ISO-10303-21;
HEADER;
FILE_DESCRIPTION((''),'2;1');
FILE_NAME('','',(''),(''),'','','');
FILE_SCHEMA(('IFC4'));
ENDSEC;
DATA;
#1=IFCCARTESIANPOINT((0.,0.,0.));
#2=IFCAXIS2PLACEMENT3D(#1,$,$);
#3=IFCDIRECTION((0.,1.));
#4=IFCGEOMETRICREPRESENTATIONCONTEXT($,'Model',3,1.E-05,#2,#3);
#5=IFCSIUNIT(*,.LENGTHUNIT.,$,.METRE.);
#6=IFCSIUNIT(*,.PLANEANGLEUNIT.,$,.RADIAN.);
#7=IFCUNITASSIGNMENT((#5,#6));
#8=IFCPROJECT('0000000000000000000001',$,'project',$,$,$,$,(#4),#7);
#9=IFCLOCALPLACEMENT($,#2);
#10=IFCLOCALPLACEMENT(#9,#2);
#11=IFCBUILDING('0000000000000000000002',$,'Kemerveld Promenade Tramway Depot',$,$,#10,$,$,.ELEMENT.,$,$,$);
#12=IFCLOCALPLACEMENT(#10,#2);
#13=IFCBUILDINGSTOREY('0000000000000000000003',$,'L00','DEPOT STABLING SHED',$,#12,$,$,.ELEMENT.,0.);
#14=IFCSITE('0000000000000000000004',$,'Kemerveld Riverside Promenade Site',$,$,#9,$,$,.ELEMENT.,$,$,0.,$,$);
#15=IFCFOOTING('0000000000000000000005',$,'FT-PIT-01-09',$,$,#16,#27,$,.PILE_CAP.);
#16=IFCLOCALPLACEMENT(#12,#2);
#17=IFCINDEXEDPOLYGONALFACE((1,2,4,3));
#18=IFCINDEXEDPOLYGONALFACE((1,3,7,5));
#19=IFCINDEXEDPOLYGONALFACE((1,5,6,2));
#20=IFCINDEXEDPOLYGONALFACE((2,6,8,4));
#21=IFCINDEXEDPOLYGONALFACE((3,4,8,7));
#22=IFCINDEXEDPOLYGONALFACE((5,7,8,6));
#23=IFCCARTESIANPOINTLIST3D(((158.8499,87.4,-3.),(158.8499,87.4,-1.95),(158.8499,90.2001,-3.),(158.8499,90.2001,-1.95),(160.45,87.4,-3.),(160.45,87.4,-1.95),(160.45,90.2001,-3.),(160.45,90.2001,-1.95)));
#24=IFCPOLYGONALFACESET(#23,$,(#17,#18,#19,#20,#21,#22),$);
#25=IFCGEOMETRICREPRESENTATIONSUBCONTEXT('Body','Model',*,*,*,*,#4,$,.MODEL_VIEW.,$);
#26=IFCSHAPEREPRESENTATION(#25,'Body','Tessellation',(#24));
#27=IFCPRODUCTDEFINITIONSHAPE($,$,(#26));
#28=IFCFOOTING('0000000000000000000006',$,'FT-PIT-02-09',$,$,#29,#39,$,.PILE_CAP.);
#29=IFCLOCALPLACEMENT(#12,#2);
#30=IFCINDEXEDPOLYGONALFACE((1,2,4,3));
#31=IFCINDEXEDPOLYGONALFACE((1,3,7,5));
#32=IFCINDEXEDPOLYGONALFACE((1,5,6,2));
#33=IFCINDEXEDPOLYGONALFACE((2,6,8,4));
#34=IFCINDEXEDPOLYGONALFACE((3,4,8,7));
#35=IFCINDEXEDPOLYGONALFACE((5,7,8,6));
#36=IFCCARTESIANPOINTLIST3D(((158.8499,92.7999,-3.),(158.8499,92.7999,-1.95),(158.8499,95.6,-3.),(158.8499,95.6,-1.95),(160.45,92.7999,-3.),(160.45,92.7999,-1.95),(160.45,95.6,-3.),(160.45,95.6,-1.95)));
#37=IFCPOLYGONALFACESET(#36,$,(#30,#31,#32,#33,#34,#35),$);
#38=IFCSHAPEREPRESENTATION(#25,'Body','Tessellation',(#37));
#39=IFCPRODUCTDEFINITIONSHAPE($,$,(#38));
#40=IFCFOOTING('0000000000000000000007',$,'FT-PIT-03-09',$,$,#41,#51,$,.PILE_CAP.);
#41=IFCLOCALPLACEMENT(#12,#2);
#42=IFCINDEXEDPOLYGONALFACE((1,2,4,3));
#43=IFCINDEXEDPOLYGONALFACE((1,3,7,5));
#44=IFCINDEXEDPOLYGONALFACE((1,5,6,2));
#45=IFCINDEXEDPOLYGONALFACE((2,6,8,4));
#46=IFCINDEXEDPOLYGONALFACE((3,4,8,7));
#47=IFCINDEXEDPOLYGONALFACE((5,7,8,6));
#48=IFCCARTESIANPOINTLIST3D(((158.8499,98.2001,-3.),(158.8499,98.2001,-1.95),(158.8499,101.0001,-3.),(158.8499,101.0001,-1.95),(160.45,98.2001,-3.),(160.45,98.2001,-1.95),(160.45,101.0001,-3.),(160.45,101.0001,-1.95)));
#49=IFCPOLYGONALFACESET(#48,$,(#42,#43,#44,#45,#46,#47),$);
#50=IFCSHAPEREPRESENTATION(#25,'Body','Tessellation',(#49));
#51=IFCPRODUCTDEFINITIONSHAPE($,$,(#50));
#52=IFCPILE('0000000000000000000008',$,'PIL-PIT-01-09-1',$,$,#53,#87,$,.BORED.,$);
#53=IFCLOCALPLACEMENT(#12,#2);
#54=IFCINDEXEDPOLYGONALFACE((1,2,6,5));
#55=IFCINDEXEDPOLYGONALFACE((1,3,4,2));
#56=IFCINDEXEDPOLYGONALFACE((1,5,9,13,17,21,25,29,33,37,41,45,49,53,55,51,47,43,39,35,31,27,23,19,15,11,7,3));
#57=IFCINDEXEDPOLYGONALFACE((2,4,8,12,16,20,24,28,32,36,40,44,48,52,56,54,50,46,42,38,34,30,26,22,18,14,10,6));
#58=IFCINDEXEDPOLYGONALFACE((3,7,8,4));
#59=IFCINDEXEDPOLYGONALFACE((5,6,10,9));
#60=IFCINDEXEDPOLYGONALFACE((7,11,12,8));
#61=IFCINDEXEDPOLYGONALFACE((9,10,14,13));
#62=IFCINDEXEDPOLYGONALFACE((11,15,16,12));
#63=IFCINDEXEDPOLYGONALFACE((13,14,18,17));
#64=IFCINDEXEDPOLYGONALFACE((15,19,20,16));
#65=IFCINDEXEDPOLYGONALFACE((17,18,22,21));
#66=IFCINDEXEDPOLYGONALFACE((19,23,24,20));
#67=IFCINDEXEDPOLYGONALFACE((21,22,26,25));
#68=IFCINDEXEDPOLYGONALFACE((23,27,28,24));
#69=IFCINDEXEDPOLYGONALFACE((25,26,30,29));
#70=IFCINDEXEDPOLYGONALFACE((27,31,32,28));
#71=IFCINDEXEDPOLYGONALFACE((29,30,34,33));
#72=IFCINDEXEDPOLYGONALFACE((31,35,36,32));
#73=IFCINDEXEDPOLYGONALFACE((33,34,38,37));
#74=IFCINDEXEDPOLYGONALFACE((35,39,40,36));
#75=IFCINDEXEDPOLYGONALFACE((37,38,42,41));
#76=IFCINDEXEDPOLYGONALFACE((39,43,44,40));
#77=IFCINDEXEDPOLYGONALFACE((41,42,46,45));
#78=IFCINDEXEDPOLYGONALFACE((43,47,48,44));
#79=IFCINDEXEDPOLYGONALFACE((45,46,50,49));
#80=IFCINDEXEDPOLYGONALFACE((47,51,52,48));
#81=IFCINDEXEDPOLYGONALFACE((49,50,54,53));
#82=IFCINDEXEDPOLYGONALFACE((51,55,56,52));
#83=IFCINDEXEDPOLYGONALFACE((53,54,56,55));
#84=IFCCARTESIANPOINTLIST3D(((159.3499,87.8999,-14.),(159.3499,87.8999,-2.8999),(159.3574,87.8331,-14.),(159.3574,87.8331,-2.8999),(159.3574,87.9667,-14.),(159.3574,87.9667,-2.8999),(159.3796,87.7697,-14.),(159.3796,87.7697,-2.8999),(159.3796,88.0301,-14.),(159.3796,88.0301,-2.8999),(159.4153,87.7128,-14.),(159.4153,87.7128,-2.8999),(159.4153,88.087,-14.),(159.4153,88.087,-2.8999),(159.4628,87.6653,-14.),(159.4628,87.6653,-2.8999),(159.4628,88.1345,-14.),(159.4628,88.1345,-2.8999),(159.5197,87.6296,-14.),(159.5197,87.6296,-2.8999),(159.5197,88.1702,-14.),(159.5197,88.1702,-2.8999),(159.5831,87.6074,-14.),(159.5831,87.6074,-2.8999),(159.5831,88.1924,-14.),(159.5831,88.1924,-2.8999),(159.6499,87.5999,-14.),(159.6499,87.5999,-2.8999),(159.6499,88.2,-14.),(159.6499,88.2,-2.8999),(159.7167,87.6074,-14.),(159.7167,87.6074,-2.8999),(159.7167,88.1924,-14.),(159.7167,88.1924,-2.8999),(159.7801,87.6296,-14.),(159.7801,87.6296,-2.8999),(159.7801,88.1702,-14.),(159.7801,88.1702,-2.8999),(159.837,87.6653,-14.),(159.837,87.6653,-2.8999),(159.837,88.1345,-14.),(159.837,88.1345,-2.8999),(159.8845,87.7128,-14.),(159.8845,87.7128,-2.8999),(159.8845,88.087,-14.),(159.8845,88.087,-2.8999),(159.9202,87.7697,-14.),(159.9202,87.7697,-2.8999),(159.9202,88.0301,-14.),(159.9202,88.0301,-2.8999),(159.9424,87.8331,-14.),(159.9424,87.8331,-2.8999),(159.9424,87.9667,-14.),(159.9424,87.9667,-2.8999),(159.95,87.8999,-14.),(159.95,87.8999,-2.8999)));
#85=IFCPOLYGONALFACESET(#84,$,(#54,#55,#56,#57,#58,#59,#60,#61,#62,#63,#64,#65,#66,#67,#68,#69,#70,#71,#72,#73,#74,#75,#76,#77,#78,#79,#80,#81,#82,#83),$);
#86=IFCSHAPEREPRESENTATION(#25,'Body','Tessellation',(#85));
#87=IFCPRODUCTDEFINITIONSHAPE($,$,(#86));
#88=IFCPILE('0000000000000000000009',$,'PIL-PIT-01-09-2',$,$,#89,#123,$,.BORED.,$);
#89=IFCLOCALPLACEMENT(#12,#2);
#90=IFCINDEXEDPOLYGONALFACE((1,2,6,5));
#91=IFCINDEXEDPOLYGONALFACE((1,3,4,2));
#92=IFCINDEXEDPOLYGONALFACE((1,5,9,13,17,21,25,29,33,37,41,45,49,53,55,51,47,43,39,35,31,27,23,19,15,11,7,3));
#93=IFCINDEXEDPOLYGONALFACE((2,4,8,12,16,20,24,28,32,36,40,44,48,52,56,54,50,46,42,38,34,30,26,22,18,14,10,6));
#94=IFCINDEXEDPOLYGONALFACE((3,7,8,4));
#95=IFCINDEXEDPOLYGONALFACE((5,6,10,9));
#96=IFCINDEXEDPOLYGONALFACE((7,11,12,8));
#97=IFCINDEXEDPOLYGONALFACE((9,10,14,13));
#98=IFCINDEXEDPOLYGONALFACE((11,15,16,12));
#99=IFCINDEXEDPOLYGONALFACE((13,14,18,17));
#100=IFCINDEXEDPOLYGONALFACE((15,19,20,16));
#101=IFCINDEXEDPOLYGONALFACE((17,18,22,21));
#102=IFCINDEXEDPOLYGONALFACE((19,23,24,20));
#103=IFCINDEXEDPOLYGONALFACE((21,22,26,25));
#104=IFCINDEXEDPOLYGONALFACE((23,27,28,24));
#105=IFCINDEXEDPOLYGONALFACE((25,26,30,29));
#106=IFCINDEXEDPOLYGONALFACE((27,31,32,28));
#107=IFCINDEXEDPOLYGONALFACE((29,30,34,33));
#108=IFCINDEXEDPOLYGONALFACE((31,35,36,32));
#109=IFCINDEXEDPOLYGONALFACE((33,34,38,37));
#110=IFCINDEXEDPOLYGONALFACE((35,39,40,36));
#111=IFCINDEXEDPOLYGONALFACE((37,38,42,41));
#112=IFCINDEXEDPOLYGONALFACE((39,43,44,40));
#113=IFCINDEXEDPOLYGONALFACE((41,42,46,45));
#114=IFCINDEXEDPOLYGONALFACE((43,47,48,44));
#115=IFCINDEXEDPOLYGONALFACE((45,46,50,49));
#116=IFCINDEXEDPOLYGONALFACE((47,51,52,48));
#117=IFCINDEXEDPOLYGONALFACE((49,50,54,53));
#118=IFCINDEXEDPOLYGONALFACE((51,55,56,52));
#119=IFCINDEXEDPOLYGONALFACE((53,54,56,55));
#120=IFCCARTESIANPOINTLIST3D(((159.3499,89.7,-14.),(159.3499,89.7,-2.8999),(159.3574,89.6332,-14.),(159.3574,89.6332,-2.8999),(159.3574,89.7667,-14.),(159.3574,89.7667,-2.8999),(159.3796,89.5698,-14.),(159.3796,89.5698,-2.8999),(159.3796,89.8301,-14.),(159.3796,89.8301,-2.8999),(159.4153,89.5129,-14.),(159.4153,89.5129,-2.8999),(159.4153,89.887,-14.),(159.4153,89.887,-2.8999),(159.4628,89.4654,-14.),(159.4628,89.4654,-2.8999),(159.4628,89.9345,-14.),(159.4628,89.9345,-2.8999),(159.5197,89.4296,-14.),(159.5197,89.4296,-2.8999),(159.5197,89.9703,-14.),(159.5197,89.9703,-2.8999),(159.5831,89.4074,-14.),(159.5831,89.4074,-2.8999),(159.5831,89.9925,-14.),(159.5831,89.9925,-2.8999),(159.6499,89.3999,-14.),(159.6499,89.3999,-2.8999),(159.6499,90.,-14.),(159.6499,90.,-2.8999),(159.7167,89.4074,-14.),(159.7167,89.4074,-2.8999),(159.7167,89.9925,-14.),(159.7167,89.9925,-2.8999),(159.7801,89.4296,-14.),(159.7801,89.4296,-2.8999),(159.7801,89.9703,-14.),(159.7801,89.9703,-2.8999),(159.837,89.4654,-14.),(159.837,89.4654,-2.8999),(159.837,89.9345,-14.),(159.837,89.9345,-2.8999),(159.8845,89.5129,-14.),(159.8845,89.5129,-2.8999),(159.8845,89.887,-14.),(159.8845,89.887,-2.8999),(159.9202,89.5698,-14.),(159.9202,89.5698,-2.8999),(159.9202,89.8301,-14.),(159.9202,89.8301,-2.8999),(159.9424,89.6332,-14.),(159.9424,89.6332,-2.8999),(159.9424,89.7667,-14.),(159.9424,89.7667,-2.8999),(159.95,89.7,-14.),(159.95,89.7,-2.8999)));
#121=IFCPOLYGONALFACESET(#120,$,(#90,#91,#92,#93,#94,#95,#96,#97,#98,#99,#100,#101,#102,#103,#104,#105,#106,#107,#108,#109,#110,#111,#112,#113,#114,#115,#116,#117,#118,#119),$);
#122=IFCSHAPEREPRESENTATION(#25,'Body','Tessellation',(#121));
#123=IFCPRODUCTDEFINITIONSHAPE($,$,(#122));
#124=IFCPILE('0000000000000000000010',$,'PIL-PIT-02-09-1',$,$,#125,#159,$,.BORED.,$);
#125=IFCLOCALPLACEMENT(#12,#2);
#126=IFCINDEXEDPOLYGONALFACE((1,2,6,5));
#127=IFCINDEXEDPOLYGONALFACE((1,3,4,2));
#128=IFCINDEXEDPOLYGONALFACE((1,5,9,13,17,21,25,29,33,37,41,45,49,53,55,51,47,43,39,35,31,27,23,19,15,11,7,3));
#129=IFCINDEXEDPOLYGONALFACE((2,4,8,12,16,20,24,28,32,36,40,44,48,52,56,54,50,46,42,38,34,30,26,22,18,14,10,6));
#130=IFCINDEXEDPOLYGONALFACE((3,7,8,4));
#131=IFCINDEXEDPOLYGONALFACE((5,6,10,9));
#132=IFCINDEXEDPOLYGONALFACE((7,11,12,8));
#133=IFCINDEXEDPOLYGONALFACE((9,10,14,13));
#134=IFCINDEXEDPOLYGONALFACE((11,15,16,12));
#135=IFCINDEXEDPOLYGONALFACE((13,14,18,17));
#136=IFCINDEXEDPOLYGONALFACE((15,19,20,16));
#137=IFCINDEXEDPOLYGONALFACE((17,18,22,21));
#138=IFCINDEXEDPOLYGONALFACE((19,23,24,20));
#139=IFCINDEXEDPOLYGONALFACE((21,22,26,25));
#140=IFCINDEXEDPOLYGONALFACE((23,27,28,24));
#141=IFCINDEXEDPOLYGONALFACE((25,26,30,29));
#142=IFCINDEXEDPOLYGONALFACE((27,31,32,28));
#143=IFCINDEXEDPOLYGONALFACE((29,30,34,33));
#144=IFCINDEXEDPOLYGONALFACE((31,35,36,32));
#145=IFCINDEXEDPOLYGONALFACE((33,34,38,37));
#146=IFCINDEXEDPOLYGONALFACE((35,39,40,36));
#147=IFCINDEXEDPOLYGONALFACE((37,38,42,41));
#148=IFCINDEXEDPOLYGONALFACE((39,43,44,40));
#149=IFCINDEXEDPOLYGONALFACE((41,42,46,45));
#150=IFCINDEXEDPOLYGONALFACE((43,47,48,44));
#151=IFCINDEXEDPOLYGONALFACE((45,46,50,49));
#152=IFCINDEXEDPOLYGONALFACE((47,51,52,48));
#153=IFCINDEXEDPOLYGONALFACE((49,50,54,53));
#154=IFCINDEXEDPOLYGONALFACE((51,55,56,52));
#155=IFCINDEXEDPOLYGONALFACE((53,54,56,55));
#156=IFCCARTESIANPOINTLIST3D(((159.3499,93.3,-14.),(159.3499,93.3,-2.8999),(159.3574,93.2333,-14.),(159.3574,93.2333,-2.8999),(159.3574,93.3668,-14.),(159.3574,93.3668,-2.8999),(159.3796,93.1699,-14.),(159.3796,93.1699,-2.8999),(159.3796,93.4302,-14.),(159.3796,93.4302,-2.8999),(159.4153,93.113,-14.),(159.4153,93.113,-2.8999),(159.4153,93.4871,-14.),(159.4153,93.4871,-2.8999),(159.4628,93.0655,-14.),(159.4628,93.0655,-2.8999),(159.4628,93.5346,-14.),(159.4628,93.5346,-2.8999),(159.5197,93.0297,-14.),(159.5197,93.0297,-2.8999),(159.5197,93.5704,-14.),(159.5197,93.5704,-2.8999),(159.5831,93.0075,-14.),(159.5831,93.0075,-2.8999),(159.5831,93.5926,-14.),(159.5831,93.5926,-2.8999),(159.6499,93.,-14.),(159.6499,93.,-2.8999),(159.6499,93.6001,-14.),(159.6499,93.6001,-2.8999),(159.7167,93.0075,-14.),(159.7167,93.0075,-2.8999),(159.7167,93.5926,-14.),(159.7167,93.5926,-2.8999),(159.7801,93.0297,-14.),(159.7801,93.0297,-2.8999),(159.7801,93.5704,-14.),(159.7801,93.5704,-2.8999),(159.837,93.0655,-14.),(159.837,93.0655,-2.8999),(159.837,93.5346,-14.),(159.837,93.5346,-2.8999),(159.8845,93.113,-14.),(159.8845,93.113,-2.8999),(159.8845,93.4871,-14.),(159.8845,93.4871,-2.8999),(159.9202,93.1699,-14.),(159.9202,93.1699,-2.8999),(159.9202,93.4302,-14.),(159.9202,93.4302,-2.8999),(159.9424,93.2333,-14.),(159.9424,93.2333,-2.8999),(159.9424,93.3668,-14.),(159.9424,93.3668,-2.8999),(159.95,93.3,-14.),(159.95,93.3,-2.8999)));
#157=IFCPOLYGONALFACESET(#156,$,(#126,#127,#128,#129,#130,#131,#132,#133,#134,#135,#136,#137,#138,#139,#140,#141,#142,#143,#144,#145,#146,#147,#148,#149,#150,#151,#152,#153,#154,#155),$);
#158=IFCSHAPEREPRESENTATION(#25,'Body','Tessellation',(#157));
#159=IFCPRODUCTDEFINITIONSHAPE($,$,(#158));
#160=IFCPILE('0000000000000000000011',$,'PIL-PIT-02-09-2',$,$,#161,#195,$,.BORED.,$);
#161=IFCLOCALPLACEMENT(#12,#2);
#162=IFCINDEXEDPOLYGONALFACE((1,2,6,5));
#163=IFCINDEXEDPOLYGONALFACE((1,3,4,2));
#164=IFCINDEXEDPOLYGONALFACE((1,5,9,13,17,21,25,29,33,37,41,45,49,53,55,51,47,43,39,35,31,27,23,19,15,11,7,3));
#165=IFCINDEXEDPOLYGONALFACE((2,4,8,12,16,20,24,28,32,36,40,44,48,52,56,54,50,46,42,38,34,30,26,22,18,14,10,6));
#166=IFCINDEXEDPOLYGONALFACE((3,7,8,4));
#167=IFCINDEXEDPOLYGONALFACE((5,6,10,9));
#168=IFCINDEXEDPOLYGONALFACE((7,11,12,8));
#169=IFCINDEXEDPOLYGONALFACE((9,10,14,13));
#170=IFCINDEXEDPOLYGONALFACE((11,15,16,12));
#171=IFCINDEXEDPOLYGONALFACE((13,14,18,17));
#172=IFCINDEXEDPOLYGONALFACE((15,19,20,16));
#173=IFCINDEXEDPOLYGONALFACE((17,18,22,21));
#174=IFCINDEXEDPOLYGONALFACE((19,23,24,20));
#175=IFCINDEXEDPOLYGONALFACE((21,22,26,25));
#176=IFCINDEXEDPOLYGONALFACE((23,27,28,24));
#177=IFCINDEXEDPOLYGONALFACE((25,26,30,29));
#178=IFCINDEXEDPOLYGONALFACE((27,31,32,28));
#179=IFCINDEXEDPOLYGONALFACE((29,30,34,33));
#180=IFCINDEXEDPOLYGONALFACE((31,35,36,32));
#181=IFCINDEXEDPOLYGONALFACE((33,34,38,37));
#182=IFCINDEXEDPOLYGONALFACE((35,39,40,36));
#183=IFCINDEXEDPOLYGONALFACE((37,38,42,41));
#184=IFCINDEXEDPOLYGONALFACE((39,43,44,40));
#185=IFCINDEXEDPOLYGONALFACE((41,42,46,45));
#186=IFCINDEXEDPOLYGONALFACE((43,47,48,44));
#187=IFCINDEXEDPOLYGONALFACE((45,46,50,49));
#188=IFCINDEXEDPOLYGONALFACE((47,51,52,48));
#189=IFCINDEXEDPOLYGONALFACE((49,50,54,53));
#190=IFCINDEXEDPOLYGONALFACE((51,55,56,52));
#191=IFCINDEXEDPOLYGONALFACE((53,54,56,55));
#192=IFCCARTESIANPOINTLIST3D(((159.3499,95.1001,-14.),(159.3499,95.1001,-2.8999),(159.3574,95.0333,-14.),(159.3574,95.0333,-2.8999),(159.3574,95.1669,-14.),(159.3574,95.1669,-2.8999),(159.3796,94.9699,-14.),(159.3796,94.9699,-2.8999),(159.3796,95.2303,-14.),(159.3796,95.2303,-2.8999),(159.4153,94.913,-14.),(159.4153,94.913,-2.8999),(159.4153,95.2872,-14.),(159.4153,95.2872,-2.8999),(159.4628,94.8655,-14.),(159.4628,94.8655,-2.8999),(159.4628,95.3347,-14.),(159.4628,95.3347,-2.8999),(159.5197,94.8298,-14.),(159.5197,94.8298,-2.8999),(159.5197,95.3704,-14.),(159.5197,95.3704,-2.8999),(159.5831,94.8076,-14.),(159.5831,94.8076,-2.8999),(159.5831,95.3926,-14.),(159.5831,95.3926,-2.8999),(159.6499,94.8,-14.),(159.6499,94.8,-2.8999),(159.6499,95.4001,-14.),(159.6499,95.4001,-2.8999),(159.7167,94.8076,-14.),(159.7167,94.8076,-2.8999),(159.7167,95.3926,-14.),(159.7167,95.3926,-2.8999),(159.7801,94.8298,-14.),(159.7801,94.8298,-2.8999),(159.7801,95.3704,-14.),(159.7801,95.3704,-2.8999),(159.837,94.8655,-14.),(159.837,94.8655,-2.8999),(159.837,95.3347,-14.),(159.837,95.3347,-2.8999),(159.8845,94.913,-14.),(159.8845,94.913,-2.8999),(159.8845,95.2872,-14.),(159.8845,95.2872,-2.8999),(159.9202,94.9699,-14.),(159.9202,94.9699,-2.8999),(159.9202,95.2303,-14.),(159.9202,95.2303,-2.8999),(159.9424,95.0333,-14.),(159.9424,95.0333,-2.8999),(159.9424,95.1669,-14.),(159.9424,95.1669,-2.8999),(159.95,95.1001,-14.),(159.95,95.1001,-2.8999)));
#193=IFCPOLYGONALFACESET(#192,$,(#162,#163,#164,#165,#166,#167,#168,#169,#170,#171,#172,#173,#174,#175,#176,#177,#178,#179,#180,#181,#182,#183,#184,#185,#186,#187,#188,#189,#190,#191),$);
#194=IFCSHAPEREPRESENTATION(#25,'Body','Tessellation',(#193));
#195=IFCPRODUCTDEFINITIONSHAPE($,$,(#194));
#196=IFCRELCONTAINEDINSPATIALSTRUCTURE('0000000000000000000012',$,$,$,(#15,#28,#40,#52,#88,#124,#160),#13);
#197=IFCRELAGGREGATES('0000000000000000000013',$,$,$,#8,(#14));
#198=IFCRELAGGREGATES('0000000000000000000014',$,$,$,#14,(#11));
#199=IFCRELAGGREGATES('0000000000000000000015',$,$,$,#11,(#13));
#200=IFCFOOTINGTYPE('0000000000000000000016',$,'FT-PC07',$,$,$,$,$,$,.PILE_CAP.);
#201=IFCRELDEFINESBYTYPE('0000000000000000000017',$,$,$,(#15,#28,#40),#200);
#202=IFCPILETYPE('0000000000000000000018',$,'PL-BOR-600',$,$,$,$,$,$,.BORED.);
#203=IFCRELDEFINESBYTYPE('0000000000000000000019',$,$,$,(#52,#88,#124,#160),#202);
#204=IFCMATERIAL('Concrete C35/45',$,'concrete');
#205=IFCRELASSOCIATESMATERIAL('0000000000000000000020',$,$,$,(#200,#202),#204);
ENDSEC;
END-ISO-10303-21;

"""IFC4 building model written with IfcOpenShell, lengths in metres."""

from ifc_helpers import new_model, si_unit, direction, frame, origin, origin_2d, place, context, subcontext, project, spatial, rectangle, circle, extrude, material, material_profile, profile_set, type_object, element, save


model = new_model("IFC4")

# Units and contexts
model_context = context("Model", 3, precision=1e-05, world=origin(), true_north=direction((0.0, 1.0)))
body_context = subcontext(model_context, "Body", "Model", "MODEL_VIEW")
ifc_project = project(units=[si_unit("LENGTHUNIT", "METRE"), si_unit("PLANEANGLEUNIT", "RADIAN")], contexts=[model_context])

# Site, building, storey
site_placement = place(None, origin())
site = spatial("IfcSite", under=ifc_project, at=site_placement, Name="Kemerveld Riverside Promenade Site", CompositionType="ELEMENT", RefElevation=0.0)
building_placement = place(site_placement, origin())
building = spatial("IfcBuilding", under=site, at=building_placement, Name="Kemerveld Promenade Tramway Depot", CompositionType="ELEMENT")
storey_placement = place(building_placement, origin())
storey = spatial("IfcBuildingStorey", under=building, at=storey_placement, Name="L00", Description="DEPOT STABLING SHED", CompositionType="ELEMENT", Elevation=0.0)

# Footings
ifc_material_1 = material(Name="Concrete C35/45", Category="concrete")
footing_type = type_object("IfcFootingType", Name="FT-PC07", PredefinedType="PILE_CAP", material=ifc_material_1)
for number, where, z_axis, x_axis, name in (
    (1, (159.6499, 88.8, -3.0), (0.0, 0.0, 1.0), (1.0, 0.0, 0.0), "FT-PIT-01-09"),
    (2, (159.6499, 94.2, -3.0), (0.0, 0.0, 1.0), (1.0, 0.0, 0.0), "FT-PIT-02-09"),
    (3, (159.6499, 99.6001, -3.0), (0.0, 0.0, 1.0), (1.0, 0.0, 0.0), "FT-PIT-03-09"),
):
    element("IfcFooting", number, at=place(storey_placement, frame(where, z_axis=z_axis, x_axis=x_axis)), inside=storey, type_object=footing_type, Name=name, PredefinedType="PILE_CAP", context=body_context, shape_type="SweptSolid", body=[
        extrude(rectangle(XDim=1.6001, YDim=2.8, at=origin_2d()), origin(), (0.0, 0.0, 1.0), 1.05),
    ])

# Piles
ifc_material_profile_1 = material_profile(ifc_material_1, circle(Radius=0.3, at=origin_2d()), Name="PILE-D600")
ifc_profile_set_1 = profile_set([ifc_material_profile_1], Name="Concrete C35/45")
pile_type_1 = type_object("IfcPileType", Name="PL-BOR-600", PredefinedType="BORED", material=ifc_profile_set_1)
for number, where, z_axis, x_axis, name in (
    (4, (159.6499, 87.8999, -2.8999), (0.0, 0.0, -1.0), (1.0, 0.0, 0.0), "PIL-PIT-01-09-1"),
    (5, (159.6499, 89.7, -2.8999), (0.0, 0.0, -1.0), (1.0, 0.0, 0.0), "PIL-PIT-01-09-2"),
    (6, (159.6499, 93.3, -2.8999), (0.0, 0.0, -1.0), (1.0, 0.0, 0.0), "PIL-PIT-02-09-1"),
    (7, (159.6499, 95.1001, -2.8999), (0.0, 0.0, -1.0), (1.0, 0.0, 0.0), "PIL-PIT-02-09-2"),
):
    element("IfcPile", number, at=place(storey_placement, frame(where, z_axis=z_axis, x_axis=x_axis)), inside=storey, type_object=pile_type_1, Name=name, PredefinedType="BORED", context=body_context, shape_type="SweptSolid", body=[
        extrude(circle(Radius=0.3, at=origin_2d()), origin(), (0.0, 0.0, 1.0), 11.1001),
    ])

save(model, "model.ifc")
